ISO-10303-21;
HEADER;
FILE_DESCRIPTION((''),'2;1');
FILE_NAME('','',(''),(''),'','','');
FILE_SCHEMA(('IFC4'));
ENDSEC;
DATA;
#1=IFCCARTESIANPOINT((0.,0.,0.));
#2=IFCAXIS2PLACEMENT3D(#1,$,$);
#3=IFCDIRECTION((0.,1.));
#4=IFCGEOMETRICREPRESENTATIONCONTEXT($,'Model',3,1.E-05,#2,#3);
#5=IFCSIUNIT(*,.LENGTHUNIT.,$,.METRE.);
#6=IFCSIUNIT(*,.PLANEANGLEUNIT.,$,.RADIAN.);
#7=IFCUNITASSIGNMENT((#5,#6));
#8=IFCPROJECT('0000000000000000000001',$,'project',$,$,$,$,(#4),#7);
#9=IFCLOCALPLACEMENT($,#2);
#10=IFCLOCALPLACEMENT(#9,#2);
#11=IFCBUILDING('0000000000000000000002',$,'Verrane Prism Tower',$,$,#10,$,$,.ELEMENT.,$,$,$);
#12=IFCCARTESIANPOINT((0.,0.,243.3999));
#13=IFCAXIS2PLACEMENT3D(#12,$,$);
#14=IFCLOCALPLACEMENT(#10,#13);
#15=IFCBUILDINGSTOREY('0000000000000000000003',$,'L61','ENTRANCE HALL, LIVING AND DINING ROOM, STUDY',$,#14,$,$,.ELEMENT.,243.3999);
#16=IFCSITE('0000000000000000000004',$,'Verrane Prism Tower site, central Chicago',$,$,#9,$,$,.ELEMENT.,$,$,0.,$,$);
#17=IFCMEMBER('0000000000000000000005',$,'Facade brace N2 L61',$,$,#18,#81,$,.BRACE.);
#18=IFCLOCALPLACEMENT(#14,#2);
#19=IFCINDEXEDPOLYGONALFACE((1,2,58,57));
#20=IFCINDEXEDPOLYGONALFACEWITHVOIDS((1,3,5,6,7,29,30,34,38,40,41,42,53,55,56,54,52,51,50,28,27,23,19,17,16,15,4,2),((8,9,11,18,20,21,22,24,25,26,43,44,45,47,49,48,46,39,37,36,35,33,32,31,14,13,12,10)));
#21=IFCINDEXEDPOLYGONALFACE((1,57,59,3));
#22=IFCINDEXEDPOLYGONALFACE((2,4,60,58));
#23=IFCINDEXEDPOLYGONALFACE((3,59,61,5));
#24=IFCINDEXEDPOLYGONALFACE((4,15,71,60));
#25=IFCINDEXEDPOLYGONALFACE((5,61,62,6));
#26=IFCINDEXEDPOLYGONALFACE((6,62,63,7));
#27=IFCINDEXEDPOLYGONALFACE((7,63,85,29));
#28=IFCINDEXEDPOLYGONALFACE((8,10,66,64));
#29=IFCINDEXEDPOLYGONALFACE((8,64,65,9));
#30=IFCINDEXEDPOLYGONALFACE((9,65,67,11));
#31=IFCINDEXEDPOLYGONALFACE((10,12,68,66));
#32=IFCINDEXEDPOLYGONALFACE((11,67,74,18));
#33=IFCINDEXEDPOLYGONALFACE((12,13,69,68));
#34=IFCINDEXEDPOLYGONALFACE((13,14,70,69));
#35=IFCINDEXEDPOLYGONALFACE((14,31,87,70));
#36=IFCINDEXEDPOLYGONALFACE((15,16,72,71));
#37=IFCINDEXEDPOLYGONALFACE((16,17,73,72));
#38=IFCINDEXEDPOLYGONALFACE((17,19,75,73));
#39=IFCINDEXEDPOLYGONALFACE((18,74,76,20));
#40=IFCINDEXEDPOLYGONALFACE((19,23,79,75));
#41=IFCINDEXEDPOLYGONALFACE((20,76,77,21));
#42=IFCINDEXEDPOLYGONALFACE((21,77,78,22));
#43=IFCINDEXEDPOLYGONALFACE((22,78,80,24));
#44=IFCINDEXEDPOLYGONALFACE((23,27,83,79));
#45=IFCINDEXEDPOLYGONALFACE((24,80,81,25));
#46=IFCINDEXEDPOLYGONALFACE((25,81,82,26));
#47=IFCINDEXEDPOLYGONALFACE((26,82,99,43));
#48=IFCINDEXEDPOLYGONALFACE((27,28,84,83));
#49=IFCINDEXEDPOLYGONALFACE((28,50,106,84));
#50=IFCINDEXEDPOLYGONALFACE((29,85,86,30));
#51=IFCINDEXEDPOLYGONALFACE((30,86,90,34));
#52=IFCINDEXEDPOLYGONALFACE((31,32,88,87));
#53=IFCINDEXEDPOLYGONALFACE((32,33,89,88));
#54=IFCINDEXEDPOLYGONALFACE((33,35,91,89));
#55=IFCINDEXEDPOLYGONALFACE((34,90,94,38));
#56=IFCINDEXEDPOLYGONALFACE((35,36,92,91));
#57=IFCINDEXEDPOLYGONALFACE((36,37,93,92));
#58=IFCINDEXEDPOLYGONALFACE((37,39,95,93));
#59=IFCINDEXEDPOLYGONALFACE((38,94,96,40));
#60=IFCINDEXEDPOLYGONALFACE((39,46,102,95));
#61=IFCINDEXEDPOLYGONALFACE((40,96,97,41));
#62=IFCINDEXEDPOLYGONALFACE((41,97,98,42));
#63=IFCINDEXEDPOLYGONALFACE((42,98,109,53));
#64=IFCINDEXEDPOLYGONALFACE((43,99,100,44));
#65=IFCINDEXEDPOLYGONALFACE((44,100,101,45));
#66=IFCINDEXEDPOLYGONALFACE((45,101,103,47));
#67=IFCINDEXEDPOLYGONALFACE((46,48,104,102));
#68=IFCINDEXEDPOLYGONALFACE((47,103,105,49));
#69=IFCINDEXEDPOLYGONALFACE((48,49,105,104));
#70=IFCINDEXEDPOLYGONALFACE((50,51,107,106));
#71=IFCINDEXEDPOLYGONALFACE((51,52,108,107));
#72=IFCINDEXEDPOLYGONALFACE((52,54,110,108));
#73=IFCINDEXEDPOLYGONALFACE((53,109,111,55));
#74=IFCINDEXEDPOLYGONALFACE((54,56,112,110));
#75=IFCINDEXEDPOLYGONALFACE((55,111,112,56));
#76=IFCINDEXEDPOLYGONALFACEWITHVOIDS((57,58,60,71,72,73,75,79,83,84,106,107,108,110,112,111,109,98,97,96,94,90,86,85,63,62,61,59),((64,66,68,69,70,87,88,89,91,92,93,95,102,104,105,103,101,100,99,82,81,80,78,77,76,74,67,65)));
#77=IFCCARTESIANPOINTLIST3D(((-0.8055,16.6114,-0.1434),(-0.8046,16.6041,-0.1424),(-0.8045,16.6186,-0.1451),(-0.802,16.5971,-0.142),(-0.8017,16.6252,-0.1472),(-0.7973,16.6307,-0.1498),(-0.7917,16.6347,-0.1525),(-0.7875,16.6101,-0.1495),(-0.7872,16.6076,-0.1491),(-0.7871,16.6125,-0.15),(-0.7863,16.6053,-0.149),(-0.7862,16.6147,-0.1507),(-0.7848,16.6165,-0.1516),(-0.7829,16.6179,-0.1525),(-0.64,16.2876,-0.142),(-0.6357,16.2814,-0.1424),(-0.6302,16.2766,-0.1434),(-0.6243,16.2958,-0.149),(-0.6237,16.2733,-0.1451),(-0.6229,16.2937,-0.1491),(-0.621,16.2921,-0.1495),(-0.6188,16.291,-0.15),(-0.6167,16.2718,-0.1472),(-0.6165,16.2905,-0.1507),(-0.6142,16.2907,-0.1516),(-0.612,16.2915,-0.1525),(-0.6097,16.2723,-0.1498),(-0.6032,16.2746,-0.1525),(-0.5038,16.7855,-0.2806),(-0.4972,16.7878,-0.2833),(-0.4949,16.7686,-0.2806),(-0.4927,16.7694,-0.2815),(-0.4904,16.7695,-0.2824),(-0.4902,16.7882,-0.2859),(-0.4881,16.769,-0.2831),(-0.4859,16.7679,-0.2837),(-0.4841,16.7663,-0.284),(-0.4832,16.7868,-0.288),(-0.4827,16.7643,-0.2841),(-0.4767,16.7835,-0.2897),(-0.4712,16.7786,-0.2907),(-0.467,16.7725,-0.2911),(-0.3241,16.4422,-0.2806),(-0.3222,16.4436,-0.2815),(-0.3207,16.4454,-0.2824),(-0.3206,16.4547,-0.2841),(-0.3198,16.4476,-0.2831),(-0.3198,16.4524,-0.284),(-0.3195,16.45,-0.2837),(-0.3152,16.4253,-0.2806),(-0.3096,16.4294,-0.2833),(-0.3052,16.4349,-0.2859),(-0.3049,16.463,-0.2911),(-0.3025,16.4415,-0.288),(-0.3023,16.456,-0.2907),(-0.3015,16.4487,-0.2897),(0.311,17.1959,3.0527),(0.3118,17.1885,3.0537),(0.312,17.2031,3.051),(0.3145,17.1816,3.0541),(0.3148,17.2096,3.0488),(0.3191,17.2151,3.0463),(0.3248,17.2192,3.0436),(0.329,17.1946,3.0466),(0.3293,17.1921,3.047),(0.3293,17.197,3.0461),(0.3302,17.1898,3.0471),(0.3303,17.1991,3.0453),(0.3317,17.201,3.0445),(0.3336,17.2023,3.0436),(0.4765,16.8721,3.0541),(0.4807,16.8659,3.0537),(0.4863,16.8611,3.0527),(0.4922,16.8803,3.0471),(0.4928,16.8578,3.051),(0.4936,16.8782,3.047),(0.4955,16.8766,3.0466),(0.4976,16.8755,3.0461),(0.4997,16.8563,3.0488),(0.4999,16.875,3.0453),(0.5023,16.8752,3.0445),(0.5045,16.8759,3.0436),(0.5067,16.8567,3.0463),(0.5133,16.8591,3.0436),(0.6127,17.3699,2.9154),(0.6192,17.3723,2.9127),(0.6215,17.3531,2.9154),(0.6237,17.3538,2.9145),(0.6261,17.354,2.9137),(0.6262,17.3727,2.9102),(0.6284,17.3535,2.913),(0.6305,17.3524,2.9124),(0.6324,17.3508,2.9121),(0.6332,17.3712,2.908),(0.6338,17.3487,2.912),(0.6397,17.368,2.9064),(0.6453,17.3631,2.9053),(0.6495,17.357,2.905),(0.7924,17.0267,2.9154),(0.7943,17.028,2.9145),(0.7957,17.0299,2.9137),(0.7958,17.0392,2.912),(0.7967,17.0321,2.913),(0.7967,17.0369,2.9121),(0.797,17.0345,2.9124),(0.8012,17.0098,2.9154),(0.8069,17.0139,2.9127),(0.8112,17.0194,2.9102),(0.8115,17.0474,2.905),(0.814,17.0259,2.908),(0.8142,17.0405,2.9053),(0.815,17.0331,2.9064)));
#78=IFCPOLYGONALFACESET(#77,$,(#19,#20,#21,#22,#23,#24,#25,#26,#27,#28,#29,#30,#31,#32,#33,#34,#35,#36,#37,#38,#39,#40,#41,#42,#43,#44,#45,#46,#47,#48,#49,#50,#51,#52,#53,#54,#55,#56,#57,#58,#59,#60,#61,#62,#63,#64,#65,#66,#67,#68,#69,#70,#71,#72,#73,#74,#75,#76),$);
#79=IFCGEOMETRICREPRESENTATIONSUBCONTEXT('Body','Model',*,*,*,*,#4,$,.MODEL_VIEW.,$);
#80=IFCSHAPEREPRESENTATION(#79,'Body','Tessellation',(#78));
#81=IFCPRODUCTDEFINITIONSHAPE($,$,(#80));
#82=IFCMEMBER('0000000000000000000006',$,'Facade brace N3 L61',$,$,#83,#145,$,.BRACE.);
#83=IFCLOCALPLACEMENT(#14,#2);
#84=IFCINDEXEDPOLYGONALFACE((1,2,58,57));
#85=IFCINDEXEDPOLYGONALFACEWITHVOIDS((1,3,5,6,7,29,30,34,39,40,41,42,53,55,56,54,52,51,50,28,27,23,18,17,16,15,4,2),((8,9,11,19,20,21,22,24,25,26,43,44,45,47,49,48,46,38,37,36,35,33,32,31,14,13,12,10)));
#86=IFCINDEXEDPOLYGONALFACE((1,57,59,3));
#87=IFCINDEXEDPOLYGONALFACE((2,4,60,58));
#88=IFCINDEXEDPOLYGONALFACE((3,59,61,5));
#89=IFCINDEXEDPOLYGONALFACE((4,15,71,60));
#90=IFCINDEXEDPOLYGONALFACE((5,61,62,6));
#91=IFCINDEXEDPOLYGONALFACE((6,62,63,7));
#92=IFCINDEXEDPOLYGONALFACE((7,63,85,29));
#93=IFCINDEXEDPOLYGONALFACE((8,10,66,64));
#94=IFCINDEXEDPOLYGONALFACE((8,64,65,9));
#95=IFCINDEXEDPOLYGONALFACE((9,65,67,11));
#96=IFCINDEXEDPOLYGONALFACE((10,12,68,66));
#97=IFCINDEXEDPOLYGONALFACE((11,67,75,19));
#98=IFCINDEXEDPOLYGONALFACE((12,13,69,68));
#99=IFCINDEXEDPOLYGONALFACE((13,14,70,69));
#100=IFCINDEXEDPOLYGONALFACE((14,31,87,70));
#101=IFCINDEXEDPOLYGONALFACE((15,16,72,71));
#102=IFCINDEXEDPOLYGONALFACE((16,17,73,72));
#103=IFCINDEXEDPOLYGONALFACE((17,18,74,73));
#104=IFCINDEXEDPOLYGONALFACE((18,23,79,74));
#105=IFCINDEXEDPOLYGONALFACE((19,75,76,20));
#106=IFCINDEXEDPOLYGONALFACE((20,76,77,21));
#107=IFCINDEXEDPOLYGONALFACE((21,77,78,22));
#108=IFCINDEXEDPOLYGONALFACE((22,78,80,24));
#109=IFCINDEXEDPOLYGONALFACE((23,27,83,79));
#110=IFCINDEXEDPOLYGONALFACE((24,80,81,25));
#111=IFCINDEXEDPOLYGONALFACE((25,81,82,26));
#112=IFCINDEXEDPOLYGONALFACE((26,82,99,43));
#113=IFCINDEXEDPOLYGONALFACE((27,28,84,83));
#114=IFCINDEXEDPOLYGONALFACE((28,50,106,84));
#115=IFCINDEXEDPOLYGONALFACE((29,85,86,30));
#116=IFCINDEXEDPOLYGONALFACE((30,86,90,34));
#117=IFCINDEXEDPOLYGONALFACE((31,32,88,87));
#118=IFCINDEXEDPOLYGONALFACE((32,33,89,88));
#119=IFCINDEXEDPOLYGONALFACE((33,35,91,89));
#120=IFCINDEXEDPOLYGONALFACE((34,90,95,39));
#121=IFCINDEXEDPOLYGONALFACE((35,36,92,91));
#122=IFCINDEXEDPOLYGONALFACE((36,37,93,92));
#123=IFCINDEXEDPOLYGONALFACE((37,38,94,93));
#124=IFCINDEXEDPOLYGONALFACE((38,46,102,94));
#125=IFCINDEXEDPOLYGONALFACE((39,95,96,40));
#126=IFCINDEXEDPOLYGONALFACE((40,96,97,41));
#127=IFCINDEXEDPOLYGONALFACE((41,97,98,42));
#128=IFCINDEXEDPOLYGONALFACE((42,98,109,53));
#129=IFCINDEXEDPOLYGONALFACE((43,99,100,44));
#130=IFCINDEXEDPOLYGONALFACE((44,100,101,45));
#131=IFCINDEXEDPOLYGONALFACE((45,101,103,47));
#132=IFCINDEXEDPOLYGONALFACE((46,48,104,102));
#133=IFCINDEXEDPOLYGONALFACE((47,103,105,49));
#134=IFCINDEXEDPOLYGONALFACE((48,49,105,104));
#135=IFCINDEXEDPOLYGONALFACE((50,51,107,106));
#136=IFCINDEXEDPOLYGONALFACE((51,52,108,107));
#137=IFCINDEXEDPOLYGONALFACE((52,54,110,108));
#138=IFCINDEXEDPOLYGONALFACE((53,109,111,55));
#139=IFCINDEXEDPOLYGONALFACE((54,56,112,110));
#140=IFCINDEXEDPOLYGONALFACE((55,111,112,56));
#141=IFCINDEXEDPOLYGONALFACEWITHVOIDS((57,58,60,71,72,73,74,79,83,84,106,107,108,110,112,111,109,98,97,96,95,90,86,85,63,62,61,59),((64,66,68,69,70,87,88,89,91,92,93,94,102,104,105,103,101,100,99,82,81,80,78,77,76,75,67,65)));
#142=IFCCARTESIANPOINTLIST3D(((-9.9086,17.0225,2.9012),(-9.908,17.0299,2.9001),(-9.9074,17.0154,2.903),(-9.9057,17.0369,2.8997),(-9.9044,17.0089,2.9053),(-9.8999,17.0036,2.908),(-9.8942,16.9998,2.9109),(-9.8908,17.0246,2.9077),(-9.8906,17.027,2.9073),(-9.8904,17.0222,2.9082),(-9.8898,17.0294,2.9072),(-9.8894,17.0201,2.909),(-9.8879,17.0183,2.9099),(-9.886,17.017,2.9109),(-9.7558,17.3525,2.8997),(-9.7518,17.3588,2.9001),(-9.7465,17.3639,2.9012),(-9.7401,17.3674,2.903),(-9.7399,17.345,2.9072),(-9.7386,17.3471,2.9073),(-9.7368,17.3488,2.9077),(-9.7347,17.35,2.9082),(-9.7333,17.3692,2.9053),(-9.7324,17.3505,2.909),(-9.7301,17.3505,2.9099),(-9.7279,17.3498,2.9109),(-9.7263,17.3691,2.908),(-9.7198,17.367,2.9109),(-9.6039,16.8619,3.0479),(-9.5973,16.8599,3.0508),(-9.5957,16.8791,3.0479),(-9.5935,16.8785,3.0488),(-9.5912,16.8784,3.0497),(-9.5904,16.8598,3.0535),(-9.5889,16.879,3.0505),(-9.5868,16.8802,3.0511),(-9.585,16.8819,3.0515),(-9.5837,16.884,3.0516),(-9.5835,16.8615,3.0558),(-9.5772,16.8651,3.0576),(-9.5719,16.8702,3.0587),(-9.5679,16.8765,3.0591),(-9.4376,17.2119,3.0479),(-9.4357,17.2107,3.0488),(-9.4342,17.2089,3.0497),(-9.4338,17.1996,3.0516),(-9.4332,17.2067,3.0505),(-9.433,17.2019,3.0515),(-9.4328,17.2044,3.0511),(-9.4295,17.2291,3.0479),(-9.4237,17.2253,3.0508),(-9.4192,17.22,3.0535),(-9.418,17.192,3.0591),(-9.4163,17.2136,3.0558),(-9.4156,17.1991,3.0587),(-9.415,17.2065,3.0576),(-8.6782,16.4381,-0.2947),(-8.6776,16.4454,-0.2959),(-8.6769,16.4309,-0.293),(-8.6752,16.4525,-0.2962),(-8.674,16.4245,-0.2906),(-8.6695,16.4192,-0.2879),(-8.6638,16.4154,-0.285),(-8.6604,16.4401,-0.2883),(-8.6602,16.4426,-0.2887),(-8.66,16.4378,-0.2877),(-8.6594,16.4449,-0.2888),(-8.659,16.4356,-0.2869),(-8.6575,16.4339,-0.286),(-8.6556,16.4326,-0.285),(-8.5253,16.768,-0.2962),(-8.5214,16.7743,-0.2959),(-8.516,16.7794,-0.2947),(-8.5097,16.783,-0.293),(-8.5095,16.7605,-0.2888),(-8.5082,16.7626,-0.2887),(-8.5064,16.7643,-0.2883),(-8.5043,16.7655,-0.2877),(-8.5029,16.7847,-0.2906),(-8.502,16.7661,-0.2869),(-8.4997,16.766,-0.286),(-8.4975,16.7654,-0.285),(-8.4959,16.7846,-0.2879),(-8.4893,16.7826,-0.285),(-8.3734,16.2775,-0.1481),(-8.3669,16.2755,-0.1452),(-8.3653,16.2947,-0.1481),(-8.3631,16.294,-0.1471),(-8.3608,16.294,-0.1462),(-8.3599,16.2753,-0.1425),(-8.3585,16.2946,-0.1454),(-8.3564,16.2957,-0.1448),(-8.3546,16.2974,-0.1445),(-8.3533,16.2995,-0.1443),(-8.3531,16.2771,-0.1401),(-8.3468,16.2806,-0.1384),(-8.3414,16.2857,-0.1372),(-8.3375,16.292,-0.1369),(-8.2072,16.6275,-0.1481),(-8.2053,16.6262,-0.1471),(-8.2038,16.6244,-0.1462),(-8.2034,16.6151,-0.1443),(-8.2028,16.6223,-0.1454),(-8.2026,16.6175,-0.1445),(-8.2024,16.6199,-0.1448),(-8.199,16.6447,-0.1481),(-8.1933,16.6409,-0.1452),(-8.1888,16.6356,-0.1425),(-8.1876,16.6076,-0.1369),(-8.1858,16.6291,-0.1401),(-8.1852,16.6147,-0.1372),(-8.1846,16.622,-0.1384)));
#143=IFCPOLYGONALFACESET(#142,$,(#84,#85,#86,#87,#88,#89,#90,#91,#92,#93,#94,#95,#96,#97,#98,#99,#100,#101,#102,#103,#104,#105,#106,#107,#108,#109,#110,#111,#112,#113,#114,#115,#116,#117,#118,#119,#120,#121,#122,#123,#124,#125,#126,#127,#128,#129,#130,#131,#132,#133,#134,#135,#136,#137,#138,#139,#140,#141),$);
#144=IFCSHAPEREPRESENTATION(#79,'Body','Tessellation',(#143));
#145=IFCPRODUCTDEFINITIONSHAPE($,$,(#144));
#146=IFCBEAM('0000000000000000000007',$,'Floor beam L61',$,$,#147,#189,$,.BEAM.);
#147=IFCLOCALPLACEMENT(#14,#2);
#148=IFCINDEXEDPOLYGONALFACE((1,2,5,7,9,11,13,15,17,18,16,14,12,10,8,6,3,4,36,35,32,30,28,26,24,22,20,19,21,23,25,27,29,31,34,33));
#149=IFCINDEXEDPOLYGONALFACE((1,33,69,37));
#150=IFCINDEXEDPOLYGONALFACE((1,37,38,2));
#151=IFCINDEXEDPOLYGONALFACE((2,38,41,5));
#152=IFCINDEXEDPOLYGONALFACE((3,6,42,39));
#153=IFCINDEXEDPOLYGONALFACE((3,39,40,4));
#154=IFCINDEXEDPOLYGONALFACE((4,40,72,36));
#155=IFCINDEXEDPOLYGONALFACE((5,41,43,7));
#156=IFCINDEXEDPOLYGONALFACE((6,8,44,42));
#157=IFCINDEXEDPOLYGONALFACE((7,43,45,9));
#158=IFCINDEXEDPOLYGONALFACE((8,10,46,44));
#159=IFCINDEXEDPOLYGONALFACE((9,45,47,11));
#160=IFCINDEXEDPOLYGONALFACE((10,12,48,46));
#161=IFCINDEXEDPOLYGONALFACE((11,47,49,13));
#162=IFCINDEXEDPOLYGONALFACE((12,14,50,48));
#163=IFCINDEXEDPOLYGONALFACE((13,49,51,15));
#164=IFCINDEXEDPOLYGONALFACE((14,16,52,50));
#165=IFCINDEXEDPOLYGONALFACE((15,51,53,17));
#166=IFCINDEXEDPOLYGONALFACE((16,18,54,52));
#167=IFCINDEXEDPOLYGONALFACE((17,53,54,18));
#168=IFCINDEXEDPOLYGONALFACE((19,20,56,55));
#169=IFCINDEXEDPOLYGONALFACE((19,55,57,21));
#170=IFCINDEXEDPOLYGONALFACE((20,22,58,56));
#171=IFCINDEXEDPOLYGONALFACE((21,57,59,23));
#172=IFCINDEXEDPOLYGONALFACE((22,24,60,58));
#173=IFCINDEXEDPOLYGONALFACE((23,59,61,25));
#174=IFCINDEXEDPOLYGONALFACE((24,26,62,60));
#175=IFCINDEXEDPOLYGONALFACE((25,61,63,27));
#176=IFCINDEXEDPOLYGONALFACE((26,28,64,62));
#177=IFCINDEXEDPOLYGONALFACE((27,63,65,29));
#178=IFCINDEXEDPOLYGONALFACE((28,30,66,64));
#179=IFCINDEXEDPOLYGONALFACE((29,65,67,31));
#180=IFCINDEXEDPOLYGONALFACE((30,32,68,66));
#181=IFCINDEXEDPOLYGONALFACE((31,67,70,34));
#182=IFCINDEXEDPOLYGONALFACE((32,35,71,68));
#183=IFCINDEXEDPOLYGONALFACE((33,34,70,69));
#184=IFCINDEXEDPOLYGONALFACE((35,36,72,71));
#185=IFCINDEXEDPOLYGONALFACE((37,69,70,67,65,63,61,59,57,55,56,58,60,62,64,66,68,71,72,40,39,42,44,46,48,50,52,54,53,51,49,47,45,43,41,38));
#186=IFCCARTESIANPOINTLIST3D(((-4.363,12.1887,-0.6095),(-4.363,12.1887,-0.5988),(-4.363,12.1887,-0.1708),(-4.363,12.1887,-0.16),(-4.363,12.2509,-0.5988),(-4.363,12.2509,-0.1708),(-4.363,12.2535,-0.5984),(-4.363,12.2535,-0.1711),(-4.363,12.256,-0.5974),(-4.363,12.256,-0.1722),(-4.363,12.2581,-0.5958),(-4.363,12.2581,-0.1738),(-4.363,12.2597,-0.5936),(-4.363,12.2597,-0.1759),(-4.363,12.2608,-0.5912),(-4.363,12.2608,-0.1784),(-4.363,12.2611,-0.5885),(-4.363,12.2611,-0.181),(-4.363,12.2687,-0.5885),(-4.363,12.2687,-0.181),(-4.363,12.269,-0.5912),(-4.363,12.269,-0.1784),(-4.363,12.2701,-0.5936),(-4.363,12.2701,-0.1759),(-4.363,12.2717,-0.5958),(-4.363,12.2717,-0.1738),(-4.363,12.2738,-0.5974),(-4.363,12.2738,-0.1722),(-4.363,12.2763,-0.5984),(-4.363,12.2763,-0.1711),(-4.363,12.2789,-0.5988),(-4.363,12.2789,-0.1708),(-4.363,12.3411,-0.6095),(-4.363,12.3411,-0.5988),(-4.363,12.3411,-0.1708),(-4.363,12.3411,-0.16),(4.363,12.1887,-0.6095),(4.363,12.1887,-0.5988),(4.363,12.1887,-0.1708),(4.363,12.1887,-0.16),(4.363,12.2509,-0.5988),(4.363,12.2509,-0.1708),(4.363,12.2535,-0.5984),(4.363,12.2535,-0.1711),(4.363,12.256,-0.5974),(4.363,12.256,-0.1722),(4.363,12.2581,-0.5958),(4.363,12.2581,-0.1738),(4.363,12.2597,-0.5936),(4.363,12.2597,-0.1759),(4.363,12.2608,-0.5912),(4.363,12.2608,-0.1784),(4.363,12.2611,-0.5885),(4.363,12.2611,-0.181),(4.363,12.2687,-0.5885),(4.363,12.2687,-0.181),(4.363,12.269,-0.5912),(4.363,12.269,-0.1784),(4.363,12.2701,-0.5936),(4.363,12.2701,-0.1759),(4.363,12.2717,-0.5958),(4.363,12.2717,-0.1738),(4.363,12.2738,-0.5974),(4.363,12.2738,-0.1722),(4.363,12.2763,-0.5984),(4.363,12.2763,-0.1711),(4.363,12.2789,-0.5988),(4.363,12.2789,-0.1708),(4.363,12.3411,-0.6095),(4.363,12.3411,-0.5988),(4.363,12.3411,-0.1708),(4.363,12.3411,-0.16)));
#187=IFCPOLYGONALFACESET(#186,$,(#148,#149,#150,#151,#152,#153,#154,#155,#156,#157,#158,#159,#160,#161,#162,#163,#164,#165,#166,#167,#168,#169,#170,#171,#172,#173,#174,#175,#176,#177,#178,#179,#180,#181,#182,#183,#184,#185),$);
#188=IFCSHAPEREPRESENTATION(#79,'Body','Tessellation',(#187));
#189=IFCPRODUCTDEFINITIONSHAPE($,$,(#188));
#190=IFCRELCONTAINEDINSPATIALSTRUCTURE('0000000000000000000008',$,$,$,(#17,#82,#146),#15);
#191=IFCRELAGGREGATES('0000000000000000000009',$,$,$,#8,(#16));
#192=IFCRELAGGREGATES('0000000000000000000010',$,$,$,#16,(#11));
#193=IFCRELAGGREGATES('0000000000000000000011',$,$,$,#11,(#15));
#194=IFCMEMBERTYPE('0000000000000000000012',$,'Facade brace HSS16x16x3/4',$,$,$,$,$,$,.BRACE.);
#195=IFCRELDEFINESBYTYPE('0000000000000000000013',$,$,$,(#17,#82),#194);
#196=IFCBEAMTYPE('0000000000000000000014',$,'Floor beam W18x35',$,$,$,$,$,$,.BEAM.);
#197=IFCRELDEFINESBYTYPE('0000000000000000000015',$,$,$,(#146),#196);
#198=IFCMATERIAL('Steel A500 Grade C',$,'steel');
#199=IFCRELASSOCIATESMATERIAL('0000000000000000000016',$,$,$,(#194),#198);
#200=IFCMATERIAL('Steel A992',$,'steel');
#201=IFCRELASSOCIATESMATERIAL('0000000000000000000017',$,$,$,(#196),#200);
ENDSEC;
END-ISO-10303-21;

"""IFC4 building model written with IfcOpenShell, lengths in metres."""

from ifc_helpers import new_model, si_unit, direction, frame, origin, origin_2d, place, context, subcontext, project, spatial, hollow_rectangle, i_section, extrude, material, material_profile, profile_set, type_object, element, save


model = new_model("IFC4")

# Units and contexts
model_context = context("Model", 3, precision=1e-05, world=origin(), true_north=direction((0.0, 1.0)))
body_context = subcontext(model_context, "Body", "Model", "MODEL_VIEW")
ifc_project = project(units=[si_unit("LENGTHUNIT", "METRE"), si_unit("PLANEANGLEUNIT", "RADIAN")], contexts=[model_context])

# Site, building, storey
site_placement = place(None, origin())
site = spatial("IfcSite", under=ifc_project, at=site_placement, Name="Verrane Prism Tower site, central Chicago", CompositionType="ELEMENT", RefElevation=0.0)
building_placement = place(site_placement, origin())
building = spatial("IfcBuilding", under=site, at=building_placement, Name="Verrane Prism Tower", CompositionType="ELEMENT")
storey_placement = place(building_placement, frame((0.0, 0.0, 243.3999)))
storey = spatial("IfcBuildingStorey", under=building, at=storey_placement, Name="L61", Description="ENTRANCE HALL, LIVING AND DINING ROOM, STUDY", CompositionType="ELEMENT", Elevation=243.3999)

# Members
ifc_material_1 = material(Name="Steel A500 Grade C", Category="steel")
ifc_material_profile_1 = material_profile(ifc_material_1, hollow_rectangle(XDim=0.4065, YDim=0.4065, WallThickness=0.019, InnerFilletRadius=0.0095, OuterFilletRadius=0.0286, at=origin_2d()), Name="HSS16x16x3/4")
ifc_profile_set_1 = profile_set([ifc_material_profile_1], Name="Steel A500 Grade C")
member_type_1 = type_object("IfcMemberType", Name="Facade brace HSS16x16x3/4", PredefinedType="BRACE", material=ifc_profile_set_1)
member_1_placement = place(storey_placement, frame((-0.5535, 16.53, -0.2166), z_axis=(0.324974, 0.170127, 0.930295), x_axis=(-0.463797, 0.885941, 0.0)))
element("IfcMember", 1, at=member_1_placement, inside=storey, type_object=member_type_1, Name="Facade brace N2 L61", PredefinedType="BRACE", context=body_context, shape_type="SweptSolid", body=[
    extrude(hollow_rectangle(XDim=0.4065, YDim=0.4065, WallThickness=0.019, InnerFilletRadius=0.0095, OuterFilletRadius=0.0286, at=origin_2d()), origin(), (0.0, 0.0, 1.0), 3.4355),
])
member_2_placement = place(storey_placement, frame((-8.4314, 16.53, -0.2166), z_axis=(-0.354169, 0.16823, 0.919926), x_axis=(-0.429057, -0.903278, 0.0)))
element("IfcMember", 2, at=member_2_placement, inside=storey, type_object=member_type_1, Name="Facade brace N3 L61", PredefinedType="BRACE", context=body_context, shape_type="SweptSolid", body=[
    extrude(hollow_rectangle(XDim=0.4065, YDim=0.4065, WallThickness=0.019, InnerFilletRadius=0.0095, OuterFilletRadius=0.0286, at=origin_2d()), origin(), (0.0, 0.0, 1.0), 3.4741),
])

# Beam
ifc_material_2 = material(Name="Steel A992", Category="steel")
ifc_material_profile_2 = material_profile(ifc_material_2, i_section(OverallWidth=0.1523, OverallDepth=0.4495, WebThickness=0.0076, FlangeThickness=0.0107, FilletRadius=0.0103, at=origin_2d()), Name="W18x35")
ifc_profile_set_2 = profile_set([ifc_material_profile_2], Name="Steel A992")
beam_type_1 = type_object("IfcBeamType", Name="Floor beam W18x35", PredefinedType="BEAM", material=ifc_profile_set_2)
beam_1_placement = place(storey_placement, frame((-4.363, 12.2649, -0.3848), z_axis=(1.0, 0.0, 0.0), x_axis=(0.0, 1.0, 0.0)))
element("IfcBeam", 3, at=beam_1_placement, inside=storey, type_object=beam_type_1, Name="Floor beam L61", PredefinedType="BEAM", context=body_context, shape_type="SweptSolid", body=[
    extrude(i_section(OverallWidth=0.1523, OverallDepth=0.4495, WebThickness=0.0076, FlangeThickness=0.0107, FilletRadius=0.0103, at=origin_2d()), origin(), (0.0, 0.0, 1.0), 8.7261),
])

save(model, "model.ifc")
